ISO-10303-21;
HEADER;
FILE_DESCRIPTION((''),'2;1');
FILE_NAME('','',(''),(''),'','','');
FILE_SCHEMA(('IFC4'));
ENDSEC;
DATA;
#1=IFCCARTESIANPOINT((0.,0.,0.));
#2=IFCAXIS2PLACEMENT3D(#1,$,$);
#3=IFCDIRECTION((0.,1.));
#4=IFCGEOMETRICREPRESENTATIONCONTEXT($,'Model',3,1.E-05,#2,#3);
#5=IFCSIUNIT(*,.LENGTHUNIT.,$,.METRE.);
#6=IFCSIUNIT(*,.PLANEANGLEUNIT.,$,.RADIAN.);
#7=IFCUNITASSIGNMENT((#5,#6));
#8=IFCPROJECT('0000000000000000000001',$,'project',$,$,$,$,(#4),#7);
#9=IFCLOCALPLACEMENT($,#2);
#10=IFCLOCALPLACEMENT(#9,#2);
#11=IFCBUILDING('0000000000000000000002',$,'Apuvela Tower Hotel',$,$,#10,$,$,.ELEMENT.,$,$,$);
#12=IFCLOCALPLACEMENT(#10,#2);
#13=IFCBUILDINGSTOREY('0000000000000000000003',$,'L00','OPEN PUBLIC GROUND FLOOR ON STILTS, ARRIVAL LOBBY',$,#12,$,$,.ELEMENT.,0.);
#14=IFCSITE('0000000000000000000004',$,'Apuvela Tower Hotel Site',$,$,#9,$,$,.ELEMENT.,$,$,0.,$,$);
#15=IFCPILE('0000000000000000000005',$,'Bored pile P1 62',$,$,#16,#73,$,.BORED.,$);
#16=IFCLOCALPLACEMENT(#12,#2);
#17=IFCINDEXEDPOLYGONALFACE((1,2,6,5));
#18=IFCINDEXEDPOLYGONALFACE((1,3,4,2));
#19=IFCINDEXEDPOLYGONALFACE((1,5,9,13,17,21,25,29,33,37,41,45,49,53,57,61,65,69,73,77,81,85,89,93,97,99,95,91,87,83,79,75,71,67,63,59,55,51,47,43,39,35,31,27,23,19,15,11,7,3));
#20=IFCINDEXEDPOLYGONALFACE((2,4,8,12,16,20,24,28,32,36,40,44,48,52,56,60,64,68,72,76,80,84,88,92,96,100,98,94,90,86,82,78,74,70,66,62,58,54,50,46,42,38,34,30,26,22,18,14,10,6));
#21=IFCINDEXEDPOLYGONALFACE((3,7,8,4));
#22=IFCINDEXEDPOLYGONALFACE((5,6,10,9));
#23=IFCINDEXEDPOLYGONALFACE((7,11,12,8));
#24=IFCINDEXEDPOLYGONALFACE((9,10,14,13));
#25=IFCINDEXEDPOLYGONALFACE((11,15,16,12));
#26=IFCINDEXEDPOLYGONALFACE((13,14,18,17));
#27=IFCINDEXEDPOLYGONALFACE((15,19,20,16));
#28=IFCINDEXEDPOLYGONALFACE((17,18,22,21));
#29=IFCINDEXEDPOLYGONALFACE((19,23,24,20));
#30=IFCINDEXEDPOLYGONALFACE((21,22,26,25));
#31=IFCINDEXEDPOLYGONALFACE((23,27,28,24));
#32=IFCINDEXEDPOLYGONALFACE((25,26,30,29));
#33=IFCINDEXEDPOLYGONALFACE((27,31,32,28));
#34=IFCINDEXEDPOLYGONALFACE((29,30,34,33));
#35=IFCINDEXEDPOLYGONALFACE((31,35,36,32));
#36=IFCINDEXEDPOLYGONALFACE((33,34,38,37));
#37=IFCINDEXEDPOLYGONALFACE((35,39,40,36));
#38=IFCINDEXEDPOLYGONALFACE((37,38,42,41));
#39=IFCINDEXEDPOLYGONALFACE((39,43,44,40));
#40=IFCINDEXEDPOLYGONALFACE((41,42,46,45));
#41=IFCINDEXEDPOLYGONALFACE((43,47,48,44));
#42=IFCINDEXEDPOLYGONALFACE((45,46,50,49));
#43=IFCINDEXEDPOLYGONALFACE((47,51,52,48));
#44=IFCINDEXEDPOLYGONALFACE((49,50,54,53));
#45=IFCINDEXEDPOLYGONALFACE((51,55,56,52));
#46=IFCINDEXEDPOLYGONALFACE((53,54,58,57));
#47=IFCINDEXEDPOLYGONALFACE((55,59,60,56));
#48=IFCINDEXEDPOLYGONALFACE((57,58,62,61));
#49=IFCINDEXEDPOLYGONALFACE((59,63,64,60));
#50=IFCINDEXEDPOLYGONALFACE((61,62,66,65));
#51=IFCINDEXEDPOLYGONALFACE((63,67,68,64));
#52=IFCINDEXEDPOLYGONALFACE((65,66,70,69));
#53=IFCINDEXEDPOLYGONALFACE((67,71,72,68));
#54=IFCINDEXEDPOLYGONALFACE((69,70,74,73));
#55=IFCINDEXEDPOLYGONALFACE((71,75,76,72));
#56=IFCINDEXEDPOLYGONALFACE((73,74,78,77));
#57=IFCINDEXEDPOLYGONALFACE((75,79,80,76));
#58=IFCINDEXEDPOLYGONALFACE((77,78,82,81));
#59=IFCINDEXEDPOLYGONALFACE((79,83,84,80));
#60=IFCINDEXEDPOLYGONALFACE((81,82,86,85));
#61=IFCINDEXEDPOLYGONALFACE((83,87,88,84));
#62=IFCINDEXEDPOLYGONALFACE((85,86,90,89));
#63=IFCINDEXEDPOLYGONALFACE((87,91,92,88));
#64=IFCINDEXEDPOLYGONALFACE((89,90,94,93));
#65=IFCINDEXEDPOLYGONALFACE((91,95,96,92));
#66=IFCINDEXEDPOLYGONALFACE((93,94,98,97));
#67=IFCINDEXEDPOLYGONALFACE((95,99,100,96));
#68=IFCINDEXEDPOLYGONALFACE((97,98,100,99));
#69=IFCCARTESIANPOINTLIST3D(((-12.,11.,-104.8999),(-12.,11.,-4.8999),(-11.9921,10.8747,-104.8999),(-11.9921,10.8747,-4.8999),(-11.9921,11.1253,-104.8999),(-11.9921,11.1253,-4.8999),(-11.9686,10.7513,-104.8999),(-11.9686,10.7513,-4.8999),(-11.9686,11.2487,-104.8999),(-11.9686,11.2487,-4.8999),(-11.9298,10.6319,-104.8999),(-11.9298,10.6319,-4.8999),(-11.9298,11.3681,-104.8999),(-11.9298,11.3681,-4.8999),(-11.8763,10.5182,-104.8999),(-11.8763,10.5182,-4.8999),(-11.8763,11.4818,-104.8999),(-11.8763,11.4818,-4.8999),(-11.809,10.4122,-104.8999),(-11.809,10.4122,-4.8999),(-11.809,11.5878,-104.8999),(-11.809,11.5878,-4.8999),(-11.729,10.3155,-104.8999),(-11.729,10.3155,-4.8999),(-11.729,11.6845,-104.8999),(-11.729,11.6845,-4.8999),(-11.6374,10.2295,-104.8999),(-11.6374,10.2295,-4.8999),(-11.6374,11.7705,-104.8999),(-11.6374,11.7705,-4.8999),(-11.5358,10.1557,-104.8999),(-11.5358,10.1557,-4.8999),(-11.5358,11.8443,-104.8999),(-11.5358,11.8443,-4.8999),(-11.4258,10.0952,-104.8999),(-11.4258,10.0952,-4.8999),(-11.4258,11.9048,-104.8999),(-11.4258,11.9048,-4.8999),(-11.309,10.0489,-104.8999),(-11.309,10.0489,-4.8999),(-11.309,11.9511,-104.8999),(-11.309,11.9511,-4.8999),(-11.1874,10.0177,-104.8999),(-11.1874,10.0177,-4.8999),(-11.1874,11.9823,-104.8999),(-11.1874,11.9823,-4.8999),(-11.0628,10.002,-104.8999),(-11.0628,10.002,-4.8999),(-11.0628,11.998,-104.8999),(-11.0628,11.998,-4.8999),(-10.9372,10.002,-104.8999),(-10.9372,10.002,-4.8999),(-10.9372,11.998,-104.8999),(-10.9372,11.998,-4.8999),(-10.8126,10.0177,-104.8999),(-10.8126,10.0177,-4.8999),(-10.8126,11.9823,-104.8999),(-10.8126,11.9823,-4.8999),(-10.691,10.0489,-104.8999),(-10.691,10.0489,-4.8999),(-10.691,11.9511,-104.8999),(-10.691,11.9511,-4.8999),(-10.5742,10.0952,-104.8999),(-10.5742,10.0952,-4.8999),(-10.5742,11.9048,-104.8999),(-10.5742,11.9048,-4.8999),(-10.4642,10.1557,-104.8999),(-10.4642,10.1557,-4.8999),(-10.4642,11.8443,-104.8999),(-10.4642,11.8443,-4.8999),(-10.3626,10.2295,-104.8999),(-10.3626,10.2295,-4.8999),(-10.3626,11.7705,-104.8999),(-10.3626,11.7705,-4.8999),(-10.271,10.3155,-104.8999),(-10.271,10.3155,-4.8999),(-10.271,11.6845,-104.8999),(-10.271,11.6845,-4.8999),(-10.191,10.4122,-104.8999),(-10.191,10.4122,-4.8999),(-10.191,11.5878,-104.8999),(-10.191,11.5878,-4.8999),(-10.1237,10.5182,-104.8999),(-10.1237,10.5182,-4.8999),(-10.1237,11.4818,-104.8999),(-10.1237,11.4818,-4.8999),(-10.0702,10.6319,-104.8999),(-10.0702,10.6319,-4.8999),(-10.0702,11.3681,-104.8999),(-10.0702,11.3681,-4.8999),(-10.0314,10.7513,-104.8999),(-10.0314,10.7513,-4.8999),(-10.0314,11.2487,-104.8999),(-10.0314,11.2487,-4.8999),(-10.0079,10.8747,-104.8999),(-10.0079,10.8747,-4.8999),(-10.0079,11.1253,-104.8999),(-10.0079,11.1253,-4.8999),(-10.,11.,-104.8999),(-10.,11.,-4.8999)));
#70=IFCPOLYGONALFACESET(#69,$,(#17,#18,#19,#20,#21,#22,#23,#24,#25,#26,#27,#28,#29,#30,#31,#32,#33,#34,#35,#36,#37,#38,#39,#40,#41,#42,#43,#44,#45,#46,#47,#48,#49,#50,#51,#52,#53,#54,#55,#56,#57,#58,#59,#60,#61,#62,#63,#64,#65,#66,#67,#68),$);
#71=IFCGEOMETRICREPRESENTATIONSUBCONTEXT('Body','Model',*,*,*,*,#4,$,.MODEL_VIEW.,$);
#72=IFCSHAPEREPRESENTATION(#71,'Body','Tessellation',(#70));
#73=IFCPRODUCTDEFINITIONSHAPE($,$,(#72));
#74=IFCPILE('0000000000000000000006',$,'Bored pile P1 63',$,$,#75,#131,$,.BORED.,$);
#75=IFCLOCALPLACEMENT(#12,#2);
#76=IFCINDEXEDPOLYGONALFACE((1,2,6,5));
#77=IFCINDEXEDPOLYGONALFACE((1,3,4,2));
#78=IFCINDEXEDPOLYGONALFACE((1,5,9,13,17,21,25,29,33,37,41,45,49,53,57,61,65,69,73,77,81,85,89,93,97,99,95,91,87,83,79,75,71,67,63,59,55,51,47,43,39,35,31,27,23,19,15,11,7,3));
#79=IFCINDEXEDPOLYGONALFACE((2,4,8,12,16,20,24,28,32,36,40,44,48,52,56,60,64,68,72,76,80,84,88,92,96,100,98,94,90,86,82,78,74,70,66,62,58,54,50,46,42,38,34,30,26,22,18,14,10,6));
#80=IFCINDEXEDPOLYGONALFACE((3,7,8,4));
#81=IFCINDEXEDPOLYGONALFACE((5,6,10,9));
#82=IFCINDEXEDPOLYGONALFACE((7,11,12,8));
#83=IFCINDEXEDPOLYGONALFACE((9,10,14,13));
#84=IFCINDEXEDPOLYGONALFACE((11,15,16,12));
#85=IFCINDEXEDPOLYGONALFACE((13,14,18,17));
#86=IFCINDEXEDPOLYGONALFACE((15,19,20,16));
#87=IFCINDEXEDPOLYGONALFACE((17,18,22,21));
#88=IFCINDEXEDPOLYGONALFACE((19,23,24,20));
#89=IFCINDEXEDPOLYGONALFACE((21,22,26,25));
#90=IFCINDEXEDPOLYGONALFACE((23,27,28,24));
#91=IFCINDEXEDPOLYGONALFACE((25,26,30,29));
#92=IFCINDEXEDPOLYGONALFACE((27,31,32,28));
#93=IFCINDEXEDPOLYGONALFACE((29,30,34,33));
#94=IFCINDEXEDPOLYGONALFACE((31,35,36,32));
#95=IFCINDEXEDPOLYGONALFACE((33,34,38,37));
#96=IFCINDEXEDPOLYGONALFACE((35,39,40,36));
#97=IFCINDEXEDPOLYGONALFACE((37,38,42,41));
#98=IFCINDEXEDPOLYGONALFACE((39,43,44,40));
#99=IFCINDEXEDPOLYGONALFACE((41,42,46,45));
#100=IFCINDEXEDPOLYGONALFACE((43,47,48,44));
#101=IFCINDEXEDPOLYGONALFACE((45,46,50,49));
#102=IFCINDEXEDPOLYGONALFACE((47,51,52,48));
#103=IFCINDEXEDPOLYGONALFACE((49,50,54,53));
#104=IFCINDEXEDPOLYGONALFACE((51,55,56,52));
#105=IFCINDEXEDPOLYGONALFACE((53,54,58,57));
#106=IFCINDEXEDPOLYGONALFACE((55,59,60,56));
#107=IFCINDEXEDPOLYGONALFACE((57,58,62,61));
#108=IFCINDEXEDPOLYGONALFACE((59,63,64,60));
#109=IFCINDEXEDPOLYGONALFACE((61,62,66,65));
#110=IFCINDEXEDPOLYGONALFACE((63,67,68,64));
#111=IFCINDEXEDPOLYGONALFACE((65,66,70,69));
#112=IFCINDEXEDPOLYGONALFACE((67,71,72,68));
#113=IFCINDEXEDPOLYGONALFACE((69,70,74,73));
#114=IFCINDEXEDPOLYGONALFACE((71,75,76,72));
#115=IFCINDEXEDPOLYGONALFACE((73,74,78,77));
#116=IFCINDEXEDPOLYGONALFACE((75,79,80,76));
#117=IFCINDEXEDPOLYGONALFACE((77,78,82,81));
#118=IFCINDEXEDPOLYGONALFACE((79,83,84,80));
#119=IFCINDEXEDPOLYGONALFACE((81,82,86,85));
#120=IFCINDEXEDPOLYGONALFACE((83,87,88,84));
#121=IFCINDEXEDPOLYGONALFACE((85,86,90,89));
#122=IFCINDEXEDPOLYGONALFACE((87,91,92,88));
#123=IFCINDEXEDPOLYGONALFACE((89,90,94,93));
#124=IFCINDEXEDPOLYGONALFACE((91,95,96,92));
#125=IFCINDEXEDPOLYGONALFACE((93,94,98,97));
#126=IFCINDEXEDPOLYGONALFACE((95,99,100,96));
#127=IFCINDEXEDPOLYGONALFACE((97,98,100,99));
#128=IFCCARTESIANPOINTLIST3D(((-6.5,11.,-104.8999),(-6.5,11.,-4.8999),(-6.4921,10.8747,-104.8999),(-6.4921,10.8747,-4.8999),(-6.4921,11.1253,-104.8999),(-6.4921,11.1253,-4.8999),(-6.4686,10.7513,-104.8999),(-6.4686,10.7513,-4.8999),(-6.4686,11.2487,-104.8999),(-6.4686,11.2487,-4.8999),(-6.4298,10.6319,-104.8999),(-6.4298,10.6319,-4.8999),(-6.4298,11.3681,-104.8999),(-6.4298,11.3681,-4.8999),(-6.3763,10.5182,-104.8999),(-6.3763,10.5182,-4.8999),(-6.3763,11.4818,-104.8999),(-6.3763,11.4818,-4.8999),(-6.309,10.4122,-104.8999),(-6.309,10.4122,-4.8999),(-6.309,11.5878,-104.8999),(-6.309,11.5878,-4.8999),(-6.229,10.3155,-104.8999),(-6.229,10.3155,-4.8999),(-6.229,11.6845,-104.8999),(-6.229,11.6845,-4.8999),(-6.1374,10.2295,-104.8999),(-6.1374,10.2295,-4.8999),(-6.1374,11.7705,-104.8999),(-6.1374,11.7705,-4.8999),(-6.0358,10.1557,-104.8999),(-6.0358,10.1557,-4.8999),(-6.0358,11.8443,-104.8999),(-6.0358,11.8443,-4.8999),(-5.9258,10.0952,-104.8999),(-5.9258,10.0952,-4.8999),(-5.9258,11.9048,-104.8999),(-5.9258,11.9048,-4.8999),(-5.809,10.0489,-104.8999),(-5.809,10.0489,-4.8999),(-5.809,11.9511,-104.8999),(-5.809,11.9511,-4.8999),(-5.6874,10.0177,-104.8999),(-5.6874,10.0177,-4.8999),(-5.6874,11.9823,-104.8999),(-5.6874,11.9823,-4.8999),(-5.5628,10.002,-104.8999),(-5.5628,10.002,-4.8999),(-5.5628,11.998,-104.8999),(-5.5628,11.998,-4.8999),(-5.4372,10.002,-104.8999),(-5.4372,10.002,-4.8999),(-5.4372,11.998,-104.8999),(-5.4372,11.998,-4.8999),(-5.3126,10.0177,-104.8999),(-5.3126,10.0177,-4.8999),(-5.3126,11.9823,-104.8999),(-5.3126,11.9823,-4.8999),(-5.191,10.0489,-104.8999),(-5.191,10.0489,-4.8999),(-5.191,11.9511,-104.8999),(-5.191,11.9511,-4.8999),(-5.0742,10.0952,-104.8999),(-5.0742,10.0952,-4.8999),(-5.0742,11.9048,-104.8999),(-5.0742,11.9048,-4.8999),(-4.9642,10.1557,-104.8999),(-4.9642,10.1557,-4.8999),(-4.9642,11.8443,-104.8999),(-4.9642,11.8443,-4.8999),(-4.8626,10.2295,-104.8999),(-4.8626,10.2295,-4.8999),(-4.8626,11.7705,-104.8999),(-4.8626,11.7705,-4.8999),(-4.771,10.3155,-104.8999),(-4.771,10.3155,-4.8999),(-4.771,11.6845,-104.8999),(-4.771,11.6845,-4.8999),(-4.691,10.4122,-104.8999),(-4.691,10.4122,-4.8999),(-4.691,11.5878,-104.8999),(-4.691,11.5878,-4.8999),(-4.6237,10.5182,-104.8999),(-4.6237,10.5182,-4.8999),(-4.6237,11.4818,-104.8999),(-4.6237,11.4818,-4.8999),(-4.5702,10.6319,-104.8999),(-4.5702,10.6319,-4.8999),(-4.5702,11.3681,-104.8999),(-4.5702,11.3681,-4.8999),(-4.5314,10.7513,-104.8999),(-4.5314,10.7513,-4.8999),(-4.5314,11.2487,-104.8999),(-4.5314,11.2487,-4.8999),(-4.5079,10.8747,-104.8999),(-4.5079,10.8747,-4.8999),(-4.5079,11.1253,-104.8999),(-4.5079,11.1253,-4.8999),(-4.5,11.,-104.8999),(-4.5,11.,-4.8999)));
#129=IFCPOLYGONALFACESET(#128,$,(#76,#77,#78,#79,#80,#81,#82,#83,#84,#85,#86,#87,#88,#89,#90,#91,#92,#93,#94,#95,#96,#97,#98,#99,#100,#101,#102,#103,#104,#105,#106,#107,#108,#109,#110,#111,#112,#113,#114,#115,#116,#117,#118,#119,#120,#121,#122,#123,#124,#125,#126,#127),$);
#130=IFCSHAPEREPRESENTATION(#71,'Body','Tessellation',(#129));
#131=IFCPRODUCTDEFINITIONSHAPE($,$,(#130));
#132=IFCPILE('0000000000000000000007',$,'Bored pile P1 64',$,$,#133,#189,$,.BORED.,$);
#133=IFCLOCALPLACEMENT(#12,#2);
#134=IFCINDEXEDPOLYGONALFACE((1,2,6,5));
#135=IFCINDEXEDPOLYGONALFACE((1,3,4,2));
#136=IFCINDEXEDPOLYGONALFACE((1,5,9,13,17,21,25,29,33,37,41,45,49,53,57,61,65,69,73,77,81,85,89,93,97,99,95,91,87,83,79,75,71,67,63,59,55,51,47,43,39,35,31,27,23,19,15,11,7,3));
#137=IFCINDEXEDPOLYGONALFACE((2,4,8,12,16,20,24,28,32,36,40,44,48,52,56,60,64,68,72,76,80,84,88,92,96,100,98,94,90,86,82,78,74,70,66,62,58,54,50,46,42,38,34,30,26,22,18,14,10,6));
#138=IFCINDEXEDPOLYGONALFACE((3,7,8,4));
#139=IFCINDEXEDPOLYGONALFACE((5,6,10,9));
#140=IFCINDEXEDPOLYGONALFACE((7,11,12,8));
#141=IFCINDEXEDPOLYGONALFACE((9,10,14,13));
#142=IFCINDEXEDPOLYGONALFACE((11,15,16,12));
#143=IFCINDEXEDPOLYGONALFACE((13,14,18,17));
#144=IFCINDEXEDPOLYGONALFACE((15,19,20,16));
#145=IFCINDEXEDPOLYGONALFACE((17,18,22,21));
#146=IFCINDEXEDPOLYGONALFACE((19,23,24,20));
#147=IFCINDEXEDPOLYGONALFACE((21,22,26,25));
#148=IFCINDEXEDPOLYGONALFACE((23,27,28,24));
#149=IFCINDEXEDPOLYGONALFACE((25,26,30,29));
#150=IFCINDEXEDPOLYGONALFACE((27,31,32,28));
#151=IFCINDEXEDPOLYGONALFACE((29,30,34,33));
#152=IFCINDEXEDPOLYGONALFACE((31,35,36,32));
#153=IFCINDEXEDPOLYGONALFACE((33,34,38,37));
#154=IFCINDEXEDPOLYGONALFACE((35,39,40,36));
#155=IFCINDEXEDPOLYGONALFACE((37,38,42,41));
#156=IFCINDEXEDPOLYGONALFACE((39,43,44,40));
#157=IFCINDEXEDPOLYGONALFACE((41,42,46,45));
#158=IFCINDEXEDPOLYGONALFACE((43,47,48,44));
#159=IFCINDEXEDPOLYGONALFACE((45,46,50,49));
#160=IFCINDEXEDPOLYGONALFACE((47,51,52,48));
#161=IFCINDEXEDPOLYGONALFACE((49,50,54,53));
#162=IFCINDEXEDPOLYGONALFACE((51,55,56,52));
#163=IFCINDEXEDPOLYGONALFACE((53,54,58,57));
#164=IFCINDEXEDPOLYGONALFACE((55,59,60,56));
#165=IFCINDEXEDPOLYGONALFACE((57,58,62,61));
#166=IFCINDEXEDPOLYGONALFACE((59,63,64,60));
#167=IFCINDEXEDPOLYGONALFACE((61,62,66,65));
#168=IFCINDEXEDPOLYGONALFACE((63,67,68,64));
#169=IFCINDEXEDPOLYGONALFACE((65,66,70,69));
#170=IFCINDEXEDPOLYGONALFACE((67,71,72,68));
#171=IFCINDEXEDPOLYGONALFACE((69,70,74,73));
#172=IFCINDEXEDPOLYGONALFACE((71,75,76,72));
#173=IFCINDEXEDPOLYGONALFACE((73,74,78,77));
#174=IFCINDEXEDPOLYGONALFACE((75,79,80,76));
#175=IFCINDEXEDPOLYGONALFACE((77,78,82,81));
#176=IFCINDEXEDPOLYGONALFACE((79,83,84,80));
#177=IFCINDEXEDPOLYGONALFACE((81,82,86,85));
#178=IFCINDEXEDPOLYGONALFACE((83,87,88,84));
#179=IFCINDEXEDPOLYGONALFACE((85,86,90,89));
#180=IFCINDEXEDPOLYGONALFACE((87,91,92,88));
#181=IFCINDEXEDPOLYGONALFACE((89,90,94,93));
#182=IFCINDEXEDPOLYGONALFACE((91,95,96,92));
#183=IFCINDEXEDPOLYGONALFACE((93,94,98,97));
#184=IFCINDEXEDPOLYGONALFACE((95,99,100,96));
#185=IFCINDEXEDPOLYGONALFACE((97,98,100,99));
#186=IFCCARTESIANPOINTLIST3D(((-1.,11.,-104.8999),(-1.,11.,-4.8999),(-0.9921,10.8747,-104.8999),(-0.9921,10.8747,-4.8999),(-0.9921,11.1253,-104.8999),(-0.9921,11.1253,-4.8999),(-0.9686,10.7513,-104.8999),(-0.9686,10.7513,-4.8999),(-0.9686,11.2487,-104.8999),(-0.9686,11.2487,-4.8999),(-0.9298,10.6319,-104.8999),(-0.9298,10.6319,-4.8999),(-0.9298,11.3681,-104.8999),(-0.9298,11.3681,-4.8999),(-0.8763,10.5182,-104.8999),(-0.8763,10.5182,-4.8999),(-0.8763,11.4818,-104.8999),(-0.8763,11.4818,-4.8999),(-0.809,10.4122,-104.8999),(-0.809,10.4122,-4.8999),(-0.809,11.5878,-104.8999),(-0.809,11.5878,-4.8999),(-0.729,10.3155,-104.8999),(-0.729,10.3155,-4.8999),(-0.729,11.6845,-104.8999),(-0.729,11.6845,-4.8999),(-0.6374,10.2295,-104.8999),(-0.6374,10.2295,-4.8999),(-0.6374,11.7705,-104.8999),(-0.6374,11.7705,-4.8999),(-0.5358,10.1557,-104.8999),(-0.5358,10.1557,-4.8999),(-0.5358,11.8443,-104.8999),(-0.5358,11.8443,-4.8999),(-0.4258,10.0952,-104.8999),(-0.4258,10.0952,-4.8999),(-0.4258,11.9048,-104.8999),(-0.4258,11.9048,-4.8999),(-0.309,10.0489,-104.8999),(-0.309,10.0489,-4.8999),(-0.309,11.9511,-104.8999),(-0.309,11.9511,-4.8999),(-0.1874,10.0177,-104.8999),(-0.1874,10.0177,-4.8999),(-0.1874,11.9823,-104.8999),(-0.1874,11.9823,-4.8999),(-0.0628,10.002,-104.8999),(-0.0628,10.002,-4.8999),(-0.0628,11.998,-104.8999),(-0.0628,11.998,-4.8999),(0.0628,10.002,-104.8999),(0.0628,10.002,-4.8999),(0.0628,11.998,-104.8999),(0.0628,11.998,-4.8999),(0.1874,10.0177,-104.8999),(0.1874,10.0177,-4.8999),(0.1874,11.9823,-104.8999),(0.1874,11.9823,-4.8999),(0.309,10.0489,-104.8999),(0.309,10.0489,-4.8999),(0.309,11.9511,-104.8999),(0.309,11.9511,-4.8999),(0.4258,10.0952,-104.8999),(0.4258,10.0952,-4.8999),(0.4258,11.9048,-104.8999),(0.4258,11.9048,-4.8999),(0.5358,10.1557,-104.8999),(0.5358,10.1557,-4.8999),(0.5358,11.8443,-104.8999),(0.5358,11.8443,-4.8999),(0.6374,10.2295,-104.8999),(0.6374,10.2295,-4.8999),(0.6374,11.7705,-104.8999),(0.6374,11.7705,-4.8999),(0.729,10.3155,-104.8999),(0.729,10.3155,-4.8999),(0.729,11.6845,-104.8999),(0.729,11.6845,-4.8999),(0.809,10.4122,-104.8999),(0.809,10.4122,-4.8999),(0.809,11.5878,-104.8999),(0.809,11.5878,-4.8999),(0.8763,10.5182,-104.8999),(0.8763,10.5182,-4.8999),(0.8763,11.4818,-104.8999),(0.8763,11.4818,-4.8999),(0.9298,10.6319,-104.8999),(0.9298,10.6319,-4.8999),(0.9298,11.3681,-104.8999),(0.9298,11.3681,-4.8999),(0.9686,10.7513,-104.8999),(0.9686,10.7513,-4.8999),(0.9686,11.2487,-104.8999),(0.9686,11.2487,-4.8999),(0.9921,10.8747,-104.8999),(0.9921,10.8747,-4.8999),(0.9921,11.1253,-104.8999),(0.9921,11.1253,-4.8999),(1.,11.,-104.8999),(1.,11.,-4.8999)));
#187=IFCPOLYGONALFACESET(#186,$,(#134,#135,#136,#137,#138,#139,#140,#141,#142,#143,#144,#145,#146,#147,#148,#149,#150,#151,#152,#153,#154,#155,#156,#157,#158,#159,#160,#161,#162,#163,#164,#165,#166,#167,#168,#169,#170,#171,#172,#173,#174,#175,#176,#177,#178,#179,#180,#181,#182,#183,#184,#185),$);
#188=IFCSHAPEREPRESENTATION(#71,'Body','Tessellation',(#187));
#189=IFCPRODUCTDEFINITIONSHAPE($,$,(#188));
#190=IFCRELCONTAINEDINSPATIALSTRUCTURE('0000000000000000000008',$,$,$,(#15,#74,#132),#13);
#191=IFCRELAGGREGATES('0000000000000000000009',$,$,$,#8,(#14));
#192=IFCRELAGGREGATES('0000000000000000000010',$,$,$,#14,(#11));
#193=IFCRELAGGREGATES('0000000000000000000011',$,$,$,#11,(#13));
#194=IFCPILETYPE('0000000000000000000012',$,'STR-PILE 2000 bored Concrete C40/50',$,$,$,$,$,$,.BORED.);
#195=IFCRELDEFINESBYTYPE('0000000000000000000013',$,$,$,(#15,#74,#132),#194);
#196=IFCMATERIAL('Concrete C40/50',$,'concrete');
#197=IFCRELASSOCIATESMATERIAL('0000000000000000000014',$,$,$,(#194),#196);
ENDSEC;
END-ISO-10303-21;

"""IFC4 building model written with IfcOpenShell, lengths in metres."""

from ifc_helpers import new_model, si_unit, direction, frame, origin, origin_2d, place, context, subcontext, project, spatial, circle, extrude, material, material_profile, profile_set, type_object, element, save


model = new_model("IFC4")

# Units and contexts
model_context = context("Model", 3, precision=1e-05, world=origin(), true_north=direction((0.0, 1.0)))
body_context = subcontext(model_context, "Body", "Model", "MODEL_VIEW")
ifc_project = project(units=[si_unit("LENGTHUNIT", "METRE"), si_unit("PLANEANGLEUNIT", "RADIAN")], contexts=[model_context])

# Site, building, storey
site_placement = place(None, origin())
site = spatial("IfcSite", under=ifc_project, at=site_placement, Name="Apuvela Tower Hotel Site", CompositionType="ELEMENT", RefElevation=0.0)
building_placement = place(site_placement, origin())
building = spatial("IfcBuilding", under=site, at=building_placement, Name="Apuvela Tower Hotel", CompositionType="ELEMENT")
storey_placement = place(building_placement, origin())
storey = spatial("IfcBuildingStorey", under=building, at=storey_placement, Name="L00", Description="OPEN PUBLIC GROUND FLOOR ON STILTS, ARRIVAL LOBBY", CompositionType="ELEMENT", Elevation=0.0)

# Piles
ifc_material_1 = material(Name="Concrete C40/50", Category="concrete")
ifc_material_profile_1 = material_profile(ifc_material_1, circle(Radius=1.0, at=origin_2d()), Name="PILE 2000")
ifc_profile_set_1 = profile_set([ifc_material_profile_1], Name="Concrete C40/50")
pile_type = type_object("IfcPileType", Name="STR-PILE 2000 bored Concrete C40/50", PredefinedType="BORED", material=ifc_profile_set_1)
for number, where, z_axis, x_axis, name in (
    (1, (-11.0, 11.0, -4.8999), (0.0, 0.0, -1.0), (1.0, 0.0, 0.0), "Bored pile P1 62"),
    (2, (-5.5, 11.0, -4.8999), (0.0, 0.0, -1.0), (1.0, 0.0, 0.0), "Bored pile P1 63"),
    (3, (0.0, 11.0, -4.8999), (0.0, 0.0, -1.0), (1.0, 0.0, 0.0), "Bored pile P1 64"),
):
    element("IfcPile", number, at=place(storey_placement, frame(where, z_axis=z_axis, x_axis=x_axis)), inside=storey, type_object=pile_type, Name=name, PredefinedType="BORED", context=body_context, shape_type="SweptSolid", body=[
        extrude(circle(Radius=1.0, at=origin_2d()), origin(), (0.0, 0.0, 1.0), 100.0),
    ])

save(model, "model.ifc")
